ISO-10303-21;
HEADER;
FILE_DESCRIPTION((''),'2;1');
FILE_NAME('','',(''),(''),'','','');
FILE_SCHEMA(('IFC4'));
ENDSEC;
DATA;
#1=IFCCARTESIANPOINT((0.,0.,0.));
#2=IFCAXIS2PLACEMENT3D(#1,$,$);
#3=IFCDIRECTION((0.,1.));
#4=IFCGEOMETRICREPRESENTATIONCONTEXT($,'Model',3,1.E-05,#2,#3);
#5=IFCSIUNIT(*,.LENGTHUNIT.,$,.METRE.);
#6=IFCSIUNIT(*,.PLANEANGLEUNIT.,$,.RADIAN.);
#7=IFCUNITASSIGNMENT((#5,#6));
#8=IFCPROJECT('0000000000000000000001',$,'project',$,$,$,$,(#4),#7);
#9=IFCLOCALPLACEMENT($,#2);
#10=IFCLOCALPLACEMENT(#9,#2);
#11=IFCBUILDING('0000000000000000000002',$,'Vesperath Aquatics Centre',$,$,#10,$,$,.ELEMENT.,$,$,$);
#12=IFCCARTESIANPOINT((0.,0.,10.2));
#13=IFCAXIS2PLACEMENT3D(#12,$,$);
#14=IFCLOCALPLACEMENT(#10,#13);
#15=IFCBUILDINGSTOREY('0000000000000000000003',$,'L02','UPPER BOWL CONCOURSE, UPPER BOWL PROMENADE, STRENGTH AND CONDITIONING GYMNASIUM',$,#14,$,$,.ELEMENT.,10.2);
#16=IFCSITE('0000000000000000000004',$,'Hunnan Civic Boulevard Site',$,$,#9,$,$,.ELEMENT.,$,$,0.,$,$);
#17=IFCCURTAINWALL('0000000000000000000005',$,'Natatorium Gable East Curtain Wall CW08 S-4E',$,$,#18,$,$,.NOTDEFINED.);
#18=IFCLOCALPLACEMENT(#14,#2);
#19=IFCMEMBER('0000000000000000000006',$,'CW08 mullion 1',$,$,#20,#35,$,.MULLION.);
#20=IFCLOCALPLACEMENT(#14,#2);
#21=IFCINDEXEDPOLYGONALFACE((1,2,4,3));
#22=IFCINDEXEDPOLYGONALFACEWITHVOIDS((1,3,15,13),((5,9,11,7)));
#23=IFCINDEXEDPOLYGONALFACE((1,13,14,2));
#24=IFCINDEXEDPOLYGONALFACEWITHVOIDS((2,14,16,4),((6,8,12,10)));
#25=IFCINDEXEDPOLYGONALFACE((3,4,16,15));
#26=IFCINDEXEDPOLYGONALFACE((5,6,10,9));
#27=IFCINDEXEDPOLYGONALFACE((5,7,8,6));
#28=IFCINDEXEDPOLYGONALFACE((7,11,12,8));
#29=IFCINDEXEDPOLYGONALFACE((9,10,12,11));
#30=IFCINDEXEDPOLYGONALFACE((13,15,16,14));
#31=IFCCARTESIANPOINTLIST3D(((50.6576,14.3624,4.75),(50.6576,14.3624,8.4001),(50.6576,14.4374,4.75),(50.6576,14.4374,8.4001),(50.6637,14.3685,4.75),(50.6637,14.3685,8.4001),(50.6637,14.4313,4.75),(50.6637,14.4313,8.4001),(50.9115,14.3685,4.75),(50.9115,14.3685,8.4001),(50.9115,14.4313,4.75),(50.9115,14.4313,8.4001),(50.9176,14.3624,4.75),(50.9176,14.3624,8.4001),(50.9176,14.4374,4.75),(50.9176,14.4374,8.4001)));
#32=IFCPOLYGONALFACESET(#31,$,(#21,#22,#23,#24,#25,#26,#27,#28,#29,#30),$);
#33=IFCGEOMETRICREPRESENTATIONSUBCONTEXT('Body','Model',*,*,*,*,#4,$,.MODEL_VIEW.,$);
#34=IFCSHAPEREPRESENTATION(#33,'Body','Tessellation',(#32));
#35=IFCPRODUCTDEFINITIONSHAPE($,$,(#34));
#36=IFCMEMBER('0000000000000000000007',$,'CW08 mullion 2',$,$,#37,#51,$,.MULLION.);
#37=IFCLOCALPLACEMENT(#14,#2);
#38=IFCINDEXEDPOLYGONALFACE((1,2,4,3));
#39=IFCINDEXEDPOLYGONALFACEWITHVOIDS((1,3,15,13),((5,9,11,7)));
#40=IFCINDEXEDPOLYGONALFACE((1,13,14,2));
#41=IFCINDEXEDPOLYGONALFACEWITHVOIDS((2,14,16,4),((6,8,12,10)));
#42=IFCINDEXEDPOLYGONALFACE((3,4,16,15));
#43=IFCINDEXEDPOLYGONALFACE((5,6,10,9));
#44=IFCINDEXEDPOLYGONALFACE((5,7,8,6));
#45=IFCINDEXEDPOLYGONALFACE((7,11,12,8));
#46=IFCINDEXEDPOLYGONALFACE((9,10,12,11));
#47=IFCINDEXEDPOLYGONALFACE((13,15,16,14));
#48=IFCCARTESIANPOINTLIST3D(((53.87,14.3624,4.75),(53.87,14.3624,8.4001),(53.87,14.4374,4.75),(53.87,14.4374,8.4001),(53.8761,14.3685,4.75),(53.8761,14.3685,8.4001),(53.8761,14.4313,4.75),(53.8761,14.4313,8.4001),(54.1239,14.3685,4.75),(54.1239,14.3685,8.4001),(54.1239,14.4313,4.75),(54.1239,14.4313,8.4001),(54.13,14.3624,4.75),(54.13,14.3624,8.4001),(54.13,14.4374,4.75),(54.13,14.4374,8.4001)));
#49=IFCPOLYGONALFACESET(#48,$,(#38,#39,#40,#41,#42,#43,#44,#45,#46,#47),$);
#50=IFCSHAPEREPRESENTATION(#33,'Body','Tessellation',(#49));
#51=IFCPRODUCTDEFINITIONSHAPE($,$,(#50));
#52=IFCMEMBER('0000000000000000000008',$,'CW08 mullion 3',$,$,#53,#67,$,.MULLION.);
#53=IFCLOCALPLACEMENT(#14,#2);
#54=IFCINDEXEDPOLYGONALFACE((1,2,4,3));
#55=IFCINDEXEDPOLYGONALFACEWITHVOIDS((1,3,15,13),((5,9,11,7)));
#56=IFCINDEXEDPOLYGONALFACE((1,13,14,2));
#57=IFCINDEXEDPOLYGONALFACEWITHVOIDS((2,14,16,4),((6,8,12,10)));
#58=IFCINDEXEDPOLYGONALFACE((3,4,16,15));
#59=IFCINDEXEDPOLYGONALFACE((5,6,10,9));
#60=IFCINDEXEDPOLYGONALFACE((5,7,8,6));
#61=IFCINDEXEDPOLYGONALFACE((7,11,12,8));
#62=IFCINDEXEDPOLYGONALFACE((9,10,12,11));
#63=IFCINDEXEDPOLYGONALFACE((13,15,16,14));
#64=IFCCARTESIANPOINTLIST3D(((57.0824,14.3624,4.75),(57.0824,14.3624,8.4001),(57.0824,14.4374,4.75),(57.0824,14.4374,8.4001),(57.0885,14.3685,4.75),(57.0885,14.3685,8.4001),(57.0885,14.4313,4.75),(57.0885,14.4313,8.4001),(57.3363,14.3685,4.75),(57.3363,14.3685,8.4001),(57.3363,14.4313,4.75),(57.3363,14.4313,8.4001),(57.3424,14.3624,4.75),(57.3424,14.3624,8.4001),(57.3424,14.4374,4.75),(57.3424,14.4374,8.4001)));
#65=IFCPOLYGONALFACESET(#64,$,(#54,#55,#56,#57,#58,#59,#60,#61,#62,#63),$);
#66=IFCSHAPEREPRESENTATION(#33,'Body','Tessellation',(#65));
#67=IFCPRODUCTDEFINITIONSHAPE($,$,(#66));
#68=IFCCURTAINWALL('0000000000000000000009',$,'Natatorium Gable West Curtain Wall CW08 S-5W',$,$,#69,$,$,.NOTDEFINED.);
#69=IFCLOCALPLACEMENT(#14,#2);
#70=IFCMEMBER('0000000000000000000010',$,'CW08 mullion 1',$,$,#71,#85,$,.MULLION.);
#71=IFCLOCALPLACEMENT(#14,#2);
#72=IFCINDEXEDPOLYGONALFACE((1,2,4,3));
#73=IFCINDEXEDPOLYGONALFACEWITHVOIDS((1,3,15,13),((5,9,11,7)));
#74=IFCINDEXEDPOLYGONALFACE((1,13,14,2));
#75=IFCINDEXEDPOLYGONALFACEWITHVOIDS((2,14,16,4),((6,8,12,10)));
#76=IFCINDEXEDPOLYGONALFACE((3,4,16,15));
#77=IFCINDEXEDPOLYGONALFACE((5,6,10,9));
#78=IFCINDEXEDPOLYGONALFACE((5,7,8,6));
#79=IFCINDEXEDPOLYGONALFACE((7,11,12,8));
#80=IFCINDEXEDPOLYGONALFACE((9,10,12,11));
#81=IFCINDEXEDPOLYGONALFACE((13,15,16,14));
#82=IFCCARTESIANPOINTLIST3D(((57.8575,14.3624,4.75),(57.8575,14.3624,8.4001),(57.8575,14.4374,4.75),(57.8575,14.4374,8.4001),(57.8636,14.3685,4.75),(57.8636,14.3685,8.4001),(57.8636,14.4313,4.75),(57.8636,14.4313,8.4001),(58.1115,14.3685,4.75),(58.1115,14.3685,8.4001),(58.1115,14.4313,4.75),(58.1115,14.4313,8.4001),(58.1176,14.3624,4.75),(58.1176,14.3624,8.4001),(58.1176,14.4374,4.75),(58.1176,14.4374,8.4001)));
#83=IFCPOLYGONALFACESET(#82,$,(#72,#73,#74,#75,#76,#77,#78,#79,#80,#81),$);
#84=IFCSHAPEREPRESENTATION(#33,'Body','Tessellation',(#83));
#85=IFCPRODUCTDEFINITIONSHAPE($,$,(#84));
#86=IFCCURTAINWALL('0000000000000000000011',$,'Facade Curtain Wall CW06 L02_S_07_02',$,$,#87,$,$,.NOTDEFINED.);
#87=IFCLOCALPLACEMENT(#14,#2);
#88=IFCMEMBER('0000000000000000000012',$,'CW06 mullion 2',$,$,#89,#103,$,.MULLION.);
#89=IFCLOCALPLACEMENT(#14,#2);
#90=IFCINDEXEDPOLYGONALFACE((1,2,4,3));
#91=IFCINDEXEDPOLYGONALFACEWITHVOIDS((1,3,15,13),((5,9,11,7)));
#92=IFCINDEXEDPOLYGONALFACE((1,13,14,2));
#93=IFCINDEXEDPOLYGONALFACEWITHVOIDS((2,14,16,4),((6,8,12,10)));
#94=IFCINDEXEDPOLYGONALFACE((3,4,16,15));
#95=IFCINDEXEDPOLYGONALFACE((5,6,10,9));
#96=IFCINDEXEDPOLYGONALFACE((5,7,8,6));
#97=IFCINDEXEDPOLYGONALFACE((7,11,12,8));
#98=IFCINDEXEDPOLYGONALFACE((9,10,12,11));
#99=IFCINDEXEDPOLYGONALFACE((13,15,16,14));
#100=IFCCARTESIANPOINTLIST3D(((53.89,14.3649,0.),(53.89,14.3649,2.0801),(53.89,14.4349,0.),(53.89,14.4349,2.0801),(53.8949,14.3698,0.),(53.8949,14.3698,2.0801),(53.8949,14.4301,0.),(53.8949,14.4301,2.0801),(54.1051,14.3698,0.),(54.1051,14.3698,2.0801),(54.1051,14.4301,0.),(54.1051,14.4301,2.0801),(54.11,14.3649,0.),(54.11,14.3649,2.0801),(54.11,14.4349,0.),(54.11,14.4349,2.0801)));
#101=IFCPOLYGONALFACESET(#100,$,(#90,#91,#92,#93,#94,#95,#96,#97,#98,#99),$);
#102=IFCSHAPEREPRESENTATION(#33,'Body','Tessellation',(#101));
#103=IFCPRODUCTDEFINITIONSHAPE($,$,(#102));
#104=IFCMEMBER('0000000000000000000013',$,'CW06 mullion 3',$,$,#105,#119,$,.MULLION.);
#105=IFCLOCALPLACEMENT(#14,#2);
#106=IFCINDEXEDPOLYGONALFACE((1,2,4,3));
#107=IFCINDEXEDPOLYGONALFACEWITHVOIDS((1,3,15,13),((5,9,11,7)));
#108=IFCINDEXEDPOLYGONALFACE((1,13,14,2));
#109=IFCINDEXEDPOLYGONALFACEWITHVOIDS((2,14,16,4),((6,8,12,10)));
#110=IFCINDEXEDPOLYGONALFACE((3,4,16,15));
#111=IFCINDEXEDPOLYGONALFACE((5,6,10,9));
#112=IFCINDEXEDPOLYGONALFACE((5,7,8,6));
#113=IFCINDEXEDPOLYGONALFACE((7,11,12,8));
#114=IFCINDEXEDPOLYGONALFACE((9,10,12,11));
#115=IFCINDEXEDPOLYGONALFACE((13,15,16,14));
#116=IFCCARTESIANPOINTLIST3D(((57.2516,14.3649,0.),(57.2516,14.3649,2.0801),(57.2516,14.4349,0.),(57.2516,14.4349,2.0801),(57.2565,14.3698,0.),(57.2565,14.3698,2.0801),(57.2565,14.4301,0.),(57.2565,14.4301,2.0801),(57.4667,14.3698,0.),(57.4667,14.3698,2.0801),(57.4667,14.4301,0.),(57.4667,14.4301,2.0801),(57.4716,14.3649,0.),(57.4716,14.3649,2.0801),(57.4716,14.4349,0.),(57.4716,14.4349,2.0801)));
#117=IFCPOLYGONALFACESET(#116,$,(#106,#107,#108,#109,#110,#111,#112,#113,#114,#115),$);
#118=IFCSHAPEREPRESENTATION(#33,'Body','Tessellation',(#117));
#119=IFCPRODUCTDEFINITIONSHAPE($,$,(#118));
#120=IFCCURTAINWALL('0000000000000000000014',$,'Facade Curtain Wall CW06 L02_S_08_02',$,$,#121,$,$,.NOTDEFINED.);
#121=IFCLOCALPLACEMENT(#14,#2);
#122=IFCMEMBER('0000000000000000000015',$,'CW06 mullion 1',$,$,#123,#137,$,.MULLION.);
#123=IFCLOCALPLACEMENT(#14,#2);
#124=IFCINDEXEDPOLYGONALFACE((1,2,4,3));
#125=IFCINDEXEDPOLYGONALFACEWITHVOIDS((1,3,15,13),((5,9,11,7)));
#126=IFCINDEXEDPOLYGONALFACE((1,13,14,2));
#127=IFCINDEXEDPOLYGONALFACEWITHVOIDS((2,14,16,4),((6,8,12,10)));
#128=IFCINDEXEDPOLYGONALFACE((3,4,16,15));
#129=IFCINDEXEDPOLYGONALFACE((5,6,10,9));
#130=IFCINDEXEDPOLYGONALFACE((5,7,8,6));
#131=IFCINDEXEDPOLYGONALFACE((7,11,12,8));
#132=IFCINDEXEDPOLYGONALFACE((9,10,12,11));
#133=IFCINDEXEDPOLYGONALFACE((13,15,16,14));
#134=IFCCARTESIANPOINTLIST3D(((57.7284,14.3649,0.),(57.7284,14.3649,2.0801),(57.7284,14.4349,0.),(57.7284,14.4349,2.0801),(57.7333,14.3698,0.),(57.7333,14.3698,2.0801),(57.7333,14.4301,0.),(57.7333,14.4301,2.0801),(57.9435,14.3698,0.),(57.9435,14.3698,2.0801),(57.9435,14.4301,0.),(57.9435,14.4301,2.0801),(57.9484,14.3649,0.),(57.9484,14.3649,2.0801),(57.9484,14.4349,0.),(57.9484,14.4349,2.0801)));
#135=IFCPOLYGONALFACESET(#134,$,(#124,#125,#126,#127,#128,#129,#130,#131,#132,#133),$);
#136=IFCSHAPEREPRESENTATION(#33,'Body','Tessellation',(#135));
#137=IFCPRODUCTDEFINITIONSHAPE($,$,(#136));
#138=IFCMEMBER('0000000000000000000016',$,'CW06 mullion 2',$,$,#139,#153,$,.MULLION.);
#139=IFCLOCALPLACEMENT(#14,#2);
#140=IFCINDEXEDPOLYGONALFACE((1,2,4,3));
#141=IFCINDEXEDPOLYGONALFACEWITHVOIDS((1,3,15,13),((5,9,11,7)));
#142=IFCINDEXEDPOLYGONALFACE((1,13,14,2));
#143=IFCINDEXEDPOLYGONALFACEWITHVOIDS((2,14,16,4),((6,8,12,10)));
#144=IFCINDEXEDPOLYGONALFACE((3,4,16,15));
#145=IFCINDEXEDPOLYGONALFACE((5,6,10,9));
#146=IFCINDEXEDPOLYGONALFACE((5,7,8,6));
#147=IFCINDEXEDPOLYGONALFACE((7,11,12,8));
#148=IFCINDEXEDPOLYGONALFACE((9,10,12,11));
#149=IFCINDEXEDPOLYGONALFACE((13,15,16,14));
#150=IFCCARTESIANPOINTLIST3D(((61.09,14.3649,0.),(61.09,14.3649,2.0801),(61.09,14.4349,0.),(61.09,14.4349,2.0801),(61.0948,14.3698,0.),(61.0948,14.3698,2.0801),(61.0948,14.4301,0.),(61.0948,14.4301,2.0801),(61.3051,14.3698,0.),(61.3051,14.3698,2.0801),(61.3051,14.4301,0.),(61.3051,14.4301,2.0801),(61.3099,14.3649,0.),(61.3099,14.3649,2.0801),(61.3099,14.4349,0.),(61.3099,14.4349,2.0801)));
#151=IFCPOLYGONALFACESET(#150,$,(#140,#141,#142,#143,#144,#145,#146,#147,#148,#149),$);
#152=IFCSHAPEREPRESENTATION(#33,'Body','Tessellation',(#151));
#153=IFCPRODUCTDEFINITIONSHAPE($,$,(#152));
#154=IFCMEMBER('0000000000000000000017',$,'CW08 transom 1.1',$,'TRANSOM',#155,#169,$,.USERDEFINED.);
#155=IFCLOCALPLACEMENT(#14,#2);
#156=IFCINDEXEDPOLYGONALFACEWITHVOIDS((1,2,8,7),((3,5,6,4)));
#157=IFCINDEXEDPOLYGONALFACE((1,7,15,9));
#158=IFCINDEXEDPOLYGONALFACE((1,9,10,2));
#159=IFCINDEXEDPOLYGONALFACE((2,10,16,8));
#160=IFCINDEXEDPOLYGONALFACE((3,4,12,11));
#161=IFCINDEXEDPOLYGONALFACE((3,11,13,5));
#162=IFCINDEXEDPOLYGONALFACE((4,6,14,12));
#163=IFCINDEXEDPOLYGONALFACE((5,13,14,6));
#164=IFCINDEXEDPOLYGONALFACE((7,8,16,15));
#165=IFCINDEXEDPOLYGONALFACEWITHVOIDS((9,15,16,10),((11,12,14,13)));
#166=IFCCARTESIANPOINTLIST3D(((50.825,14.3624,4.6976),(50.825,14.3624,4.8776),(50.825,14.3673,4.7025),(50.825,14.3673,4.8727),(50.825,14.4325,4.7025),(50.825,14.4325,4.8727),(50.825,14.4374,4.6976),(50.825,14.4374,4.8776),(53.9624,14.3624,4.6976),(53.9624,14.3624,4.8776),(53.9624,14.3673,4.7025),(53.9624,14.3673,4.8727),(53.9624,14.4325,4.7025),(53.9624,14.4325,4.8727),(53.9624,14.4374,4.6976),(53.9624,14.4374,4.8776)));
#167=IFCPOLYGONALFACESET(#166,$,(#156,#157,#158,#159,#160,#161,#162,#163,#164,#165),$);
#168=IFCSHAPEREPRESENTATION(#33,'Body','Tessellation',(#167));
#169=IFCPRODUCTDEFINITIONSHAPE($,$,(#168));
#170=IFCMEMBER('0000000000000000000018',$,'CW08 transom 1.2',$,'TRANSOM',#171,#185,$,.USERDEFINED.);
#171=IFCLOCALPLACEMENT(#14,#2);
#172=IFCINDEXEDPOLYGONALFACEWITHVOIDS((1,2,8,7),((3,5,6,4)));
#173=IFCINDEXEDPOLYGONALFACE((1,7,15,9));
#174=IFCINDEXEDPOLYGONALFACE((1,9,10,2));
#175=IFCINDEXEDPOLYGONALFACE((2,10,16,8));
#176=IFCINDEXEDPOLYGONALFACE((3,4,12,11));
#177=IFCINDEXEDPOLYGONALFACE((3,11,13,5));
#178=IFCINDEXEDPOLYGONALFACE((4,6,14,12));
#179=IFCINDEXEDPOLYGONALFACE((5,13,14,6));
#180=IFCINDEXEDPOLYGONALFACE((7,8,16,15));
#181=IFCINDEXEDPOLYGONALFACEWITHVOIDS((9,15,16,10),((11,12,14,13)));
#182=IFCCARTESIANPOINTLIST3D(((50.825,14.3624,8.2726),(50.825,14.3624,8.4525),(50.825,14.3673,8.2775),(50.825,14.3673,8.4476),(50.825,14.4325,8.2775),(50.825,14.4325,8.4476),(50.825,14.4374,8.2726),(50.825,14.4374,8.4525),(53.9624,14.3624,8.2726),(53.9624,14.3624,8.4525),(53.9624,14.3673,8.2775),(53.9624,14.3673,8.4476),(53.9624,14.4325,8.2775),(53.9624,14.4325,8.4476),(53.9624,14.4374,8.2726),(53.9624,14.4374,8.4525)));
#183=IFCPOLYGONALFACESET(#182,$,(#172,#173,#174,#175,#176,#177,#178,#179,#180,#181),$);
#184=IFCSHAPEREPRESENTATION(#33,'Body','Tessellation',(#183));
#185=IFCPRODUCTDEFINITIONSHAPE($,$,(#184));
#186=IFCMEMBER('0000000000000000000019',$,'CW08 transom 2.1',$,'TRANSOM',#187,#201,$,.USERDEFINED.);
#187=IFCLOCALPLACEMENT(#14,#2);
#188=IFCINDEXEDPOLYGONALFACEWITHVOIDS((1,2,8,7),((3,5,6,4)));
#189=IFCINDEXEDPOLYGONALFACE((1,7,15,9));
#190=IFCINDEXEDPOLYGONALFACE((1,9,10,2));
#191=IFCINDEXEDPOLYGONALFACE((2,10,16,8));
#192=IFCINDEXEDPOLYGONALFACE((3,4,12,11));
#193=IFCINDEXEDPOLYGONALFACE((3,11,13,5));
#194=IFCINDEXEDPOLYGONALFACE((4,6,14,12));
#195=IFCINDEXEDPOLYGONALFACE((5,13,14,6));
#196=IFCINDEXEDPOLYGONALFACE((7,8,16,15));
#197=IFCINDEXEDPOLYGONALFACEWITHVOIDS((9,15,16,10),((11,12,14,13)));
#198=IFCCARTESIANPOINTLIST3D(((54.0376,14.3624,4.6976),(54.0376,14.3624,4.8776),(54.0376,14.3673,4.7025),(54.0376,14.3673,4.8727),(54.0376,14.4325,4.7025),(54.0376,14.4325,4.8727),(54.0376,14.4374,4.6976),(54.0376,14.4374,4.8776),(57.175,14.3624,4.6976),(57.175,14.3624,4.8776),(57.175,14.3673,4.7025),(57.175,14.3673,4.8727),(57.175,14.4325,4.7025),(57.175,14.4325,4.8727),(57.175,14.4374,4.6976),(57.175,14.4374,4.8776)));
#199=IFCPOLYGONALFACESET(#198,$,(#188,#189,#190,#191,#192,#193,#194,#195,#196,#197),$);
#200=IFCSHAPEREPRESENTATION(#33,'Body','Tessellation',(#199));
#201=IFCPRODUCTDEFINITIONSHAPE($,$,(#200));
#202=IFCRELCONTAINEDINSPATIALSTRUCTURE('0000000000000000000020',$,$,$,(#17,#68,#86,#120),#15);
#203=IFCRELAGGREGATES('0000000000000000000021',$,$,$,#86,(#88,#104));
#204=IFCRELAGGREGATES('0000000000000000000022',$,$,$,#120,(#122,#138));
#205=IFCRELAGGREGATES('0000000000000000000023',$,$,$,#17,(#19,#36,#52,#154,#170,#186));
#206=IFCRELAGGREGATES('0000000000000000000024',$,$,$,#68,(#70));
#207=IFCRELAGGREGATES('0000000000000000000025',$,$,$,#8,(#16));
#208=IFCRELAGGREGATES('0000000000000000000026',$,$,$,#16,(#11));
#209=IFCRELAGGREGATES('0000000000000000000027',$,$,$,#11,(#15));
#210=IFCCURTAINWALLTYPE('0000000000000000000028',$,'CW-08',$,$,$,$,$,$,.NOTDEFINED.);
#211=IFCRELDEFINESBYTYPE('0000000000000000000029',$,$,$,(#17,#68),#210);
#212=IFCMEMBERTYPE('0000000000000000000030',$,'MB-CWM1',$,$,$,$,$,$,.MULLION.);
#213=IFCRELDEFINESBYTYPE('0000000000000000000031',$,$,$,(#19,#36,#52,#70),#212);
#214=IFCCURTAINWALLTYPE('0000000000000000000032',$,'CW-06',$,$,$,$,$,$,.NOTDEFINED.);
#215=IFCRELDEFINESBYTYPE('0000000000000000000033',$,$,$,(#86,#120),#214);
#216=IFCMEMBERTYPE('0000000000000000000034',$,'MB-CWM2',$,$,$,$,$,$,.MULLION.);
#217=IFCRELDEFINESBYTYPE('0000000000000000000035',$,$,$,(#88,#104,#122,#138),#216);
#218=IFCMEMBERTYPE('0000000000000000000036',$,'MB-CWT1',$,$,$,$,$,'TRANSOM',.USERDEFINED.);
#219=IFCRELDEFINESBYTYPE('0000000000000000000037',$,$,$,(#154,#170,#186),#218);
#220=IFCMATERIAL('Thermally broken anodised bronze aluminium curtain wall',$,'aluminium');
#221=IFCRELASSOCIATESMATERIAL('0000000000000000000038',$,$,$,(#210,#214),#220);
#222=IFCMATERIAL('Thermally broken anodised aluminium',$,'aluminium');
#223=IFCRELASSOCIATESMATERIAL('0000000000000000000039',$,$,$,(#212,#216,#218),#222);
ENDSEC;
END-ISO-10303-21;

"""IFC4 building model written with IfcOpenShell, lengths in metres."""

from ifc_helpers import new_model, si_unit, direction, frame, origin, origin_2d, place, context, subcontext, project, spatial, hollow_rectangle, extrude, material, material_profile, profile_set, type_object, element, aggregate, save


model = new_model("IFC4")

# Units and contexts
model_context = context("Model", 3, precision=1e-05, world=origin(), true_north=direction((0.0, 1.0)))
body_context = subcontext(model_context, "Body", "Model", "MODEL_VIEW")
ifc_project = project(units=[si_unit("LENGTHUNIT", "METRE"), si_unit("PLANEANGLEUNIT", "RADIAN")], contexts=[model_context])

# Site, building, storey
site_placement = place(None, origin())
site = spatial("IfcSite", under=ifc_project, at=site_placement, Name="Hunnan Civic Boulevard Site", CompositionType="ELEMENT", RefElevation=0.0)
building_placement = place(site_placement, origin())
building = spatial("IfcBuilding", under=site, at=building_placement, Name="Vesperath Aquatics Centre", CompositionType="ELEMENT")
storey_placement = place(building_placement, frame((0.0, 0.0, 10.2)))
storey = spatial("IfcBuildingStorey", under=building, at=storey_placement, Name="L02", Description="UPPER BOWL CONCOURSE, UPPER BOWL PROMENADE, STRENGTH AND CONDITIONING GYMNASIUM", CompositionType="ELEMENT", Elevation=10.2)

# Curtain wall, members
ifc_material_1 = material(Name="Thermally broken anodised bronze aluminium curtain wall", Category="aluminium")
curtain_wall_type_1 = type_object("IfcCurtainWallType", Name="CW-08", PredefinedType="NOTDEFINED", material=ifc_material_1)
curtain_wall_1_placement = place(storey_placement, origin())
curtain_wall_1 = element("IfcCurtainWall", 1, at=curtain_wall_1_placement, inside=storey, type_object=curtain_wall_type_1, Name="Natatorium Gable East Curtain Wall CW08 S-4E", PredefinedType="NOTDEFINED")
ifc_material_2 = material(Name="Thermally broken anodised aluminium", Category="aluminium")
ifc_material_profile_1 = material_profile(ifc_material_2, hollow_rectangle(XDim=0.075, YDim=0.26, WallThickness=0.0061, at=origin_2d()), Name="CWM 75x260x6")
ifc_profile_set_1 = profile_set([ifc_material_profile_1], Name="Thermally broken anodised aluminium")
member_type_1 = type_object("IfcMemberType", Name="MB-CWM1", PredefinedType="MULLION", material=ifc_profile_set_1)
member_1_placement = place(storey_placement, frame((50.7876, 14.3999, 4.75), z_axis=(0.0, 0.0, 1.0), x_axis=(0.0, 1.0, 0.0)))
member_1 = element("IfcMember", 2, at=member_1_placement, type_object=member_type_1, Name="CW08 mullion 1", PredefinedType="MULLION", context=body_context, shape_type="SweptSolid", body=[
    extrude(hollow_rectangle(XDim=0.075, YDim=0.26, WallThickness=0.0061, at=origin_2d()), origin(), (0.0, 0.0, 1.0), 3.6501),
])
member_2_placement = place(storey_placement, frame((54.0, 14.3999, 4.75), z_axis=(0.0, 0.0, 1.0), x_axis=(0.0, 1.0, 0.0)))
member_2 = element("IfcMember", 3, at=member_2_placement, type_object=member_type_1, Name="CW08 mullion 2", PredefinedType="MULLION", context=body_context, shape_type="SweptSolid", body=[
    extrude(hollow_rectangle(XDim=0.075, YDim=0.26, WallThickness=0.0061, at=origin_2d()), origin(), (0.0, 0.0, 1.0), 3.6501),
])
member_3_placement = place(storey_placement, frame((57.2124, 14.3999, 4.75), z_axis=(0.0, 0.0, 1.0), x_axis=(0.0, 1.0, 0.0)))
member_3 = element("IfcMember", 4, at=member_3_placement, type_object=member_type_1, Name="CW08 mullion 3", PredefinedType="MULLION", context=body_context, shape_type="SweptSolid", body=[
    extrude(hollow_rectangle(XDim=0.075, YDim=0.26, WallThickness=0.0061, at=origin_2d()), origin(), (0.0, 0.0, 1.0), 3.6501),
])

# Curtain wall, member
curtain_wall_2_placement = place(storey_placement, origin())
curtain_wall_2 = element("IfcCurtainWall", 5, at=curtain_wall_2_placement, inside=storey, type_object=curtain_wall_type_1, Name="Natatorium Gable West Curtain Wall CW08 S-5W", PredefinedType="NOTDEFINED")
member_4_placement = place(storey_placement, frame((57.9875, 14.3999, 4.75), z_axis=(0.0, 0.0, 1.0), x_axis=(0.0, 1.0, 0.0)))
member_4 = element("IfcMember", 6, at=member_4_placement, type_object=member_type_1, Name="CW08 mullion 1", PredefinedType="MULLION", context=body_context, shape_type="SweptSolid", body=[
    extrude(hollow_rectangle(XDim=0.075, YDim=0.26, WallThickness=0.0061, at=origin_2d()), origin(), (0.0, 0.0, 1.0), 3.6501),
])

# Curtain walls, members
curtain_wall_type_2 = type_object("IfcCurtainWallType", Name="CW-06", PredefinedType="NOTDEFINED", material=ifc_material_1)
curtain_wall_3_placement = place(storey_placement, origin())
curtain_wall_3 = element("IfcCurtainWall", 7, at=curtain_wall_3_placement, inside=storey, type_object=curtain_wall_type_2, Name="Facade Curtain Wall CW06 L02_S_07_02", PredefinedType="NOTDEFINED")
ifc_material_profile_2 = material_profile(ifc_material_2, hollow_rectangle(XDim=0.0701, YDim=0.22, WallThickness=0.0049, at=origin_2d()), Name="CWM 70x220x5")
ifc_profile_set_2 = profile_set([ifc_material_profile_2], Name="Thermally broken anodised aluminium")
member_type_2 = type_object("IfcMemberType", Name="MB-CWM2", PredefinedType="MULLION", material=ifc_profile_set_2)
member_5_placement = place(storey_placement, frame((54.0, 14.3999, 0.0), z_axis=(0.0, 0.0, 1.0), x_axis=(0.0, 1.0, 0.0)))
member_5 = element("IfcMember", 8, at=member_5_placement, type_object=member_type_2, Name="CW06 mullion 2", PredefinedType="MULLION", context=body_context, shape_type="SweptSolid", body=[
    extrude(hollow_rectangle(XDim=0.0701, YDim=0.22, WallThickness=0.0049, at=origin_2d()), origin(), (0.0, 0.0, 1.0), 2.0801),
])
member_6_placement = place(storey_placement, frame((57.3616, 14.3999, 0.0), z_axis=(0.0, 0.0, 1.0), x_axis=(0.0, 1.0, 0.0)))
member_6 = element("IfcMember", 9, at=member_6_placement, type_object=member_type_2, Name="CW06 mullion 3", PredefinedType="MULLION", context=body_context, shape_type="SweptSolid", body=[
    extrude(hollow_rectangle(XDim=0.0701, YDim=0.22, WallThickness=0.0049, at=origin_2d()), origin(), (0.0, 0.0, 1.0), 2.0801),
])
curtain_wall_4_placement = place(storey_placement, origin())
curtain_wall_4 = element("IfcCurtainWall", 10, at=curtain_wall_4_placement, inside=storey, type_object=curtain_wall_type_2, Name="Facade Curtain Wall CW06 L02_S_08_02", PredefinedType="NOTDEFINED")
member_7_placement = place(storey_placement, frame((57.8384, 14.3999, 0.0), z_axis=(0.0, 0.0, 1.0), x_axis=(0.0, 1.0, 0.0)))
member_7 = element("IfcMember", 11, at=member_7_placement, type_object=member_type_2, Name="CW06 mullion 1", PredefinedType="MULLION", context=body_context, shape_type="SweptSolid", body=[
    extrude(hollow_rectangle(XDim=0.0701, YDim=0.22, WallThickness=0.0049, at=origin_2d()), origin(), (0.0, 0.0, 1.0), 2.0801),
])
member_8_placement = place(storey_placement, frame((61.2, 14.3999, 0.0), z_axis=(0.0, 0.0, 1.0), x_axis=(0.0, 1.0, 0.0)))
member_8 = element("IfcMember", 12, at=member_8_placement, type_object=member_type_2, Name="CW06 mullion 2", PredefinedType="MULLION", context=body_context, shape_type="SweptSolid", body=[
    extrude(hollow_rectangle(XDim=0.0701, YDim=0.22, WallThickness=0.0049, at=origin_2d()), origin(), (0.0, 0.0, 1.0), 2.0801),
])

# Members
ifc_material_profile_3 = material_profile(ifc_material_2, hollow_rectangle(XDim=0.075, YDim=0.1799, WallThickness=0.0049, at=origin_2d()), Name="CWT 75x180x5")
ifc_profile_set_3 = profile_set([ifc_material_profile_3], Name="Thermally broken anodised aluminium")
member_type_3 = type_object("IfcMemberType", Name="MB-CWT1", ElementType="TRANSOM", PredefinedType="USERDEFINED", material=ifc_profile_set_3)
member_9_placement = place(storey_placement, frame((50.825, 14.3999, 4.7876), z_axis=(1.0, 0.0, 0.0), x_axis=(0.0, 1.0, 0.0)))
member_9 = element("IfcMember", 13, at=member_9_placement, type_object=member_type_3, Name="CW08 transom 1.1", ObjectType="TRANSOM", PredefinedType="USERDEFINED", context=body_context, shape_type="SweptSolid", body=[
    extrude(hollow_rectangle(XDim=0.075, YDim=0.1799, WallThickness=0.0049, at=origin_2d()), origin(), (0.0, 0.0, 1.0), 3.1375),
])
member_10_placement = place(storey_placement, frame((50.825, 14.3999, 8.3625), z_axis=(1.0, 0.0, 0.0), x_axis=(0.0, 1.0, 0.0)))
member_10 = element("IfcMember", 14, at=member_10_placement, type_object=member_type_3, Name="CW08 transom 1.2", ObjectType="TRANSOM", PredefinedType="USERDEFINED", context=body_context, shape_type="SweptSolid", body=[
    extrude(hollow_rectangle(XDim=0.075, YDim=0.1799, WallThickness=0.0049, at=origin_2d()), origin(), (0.0, 0.0, 1.0), 3.1375),
])
member_11_placement = place(storey_placement, frame((54.0376, 14.3999, 4.7876), z_axis=(1.0, 0.0, 0.0), x_axis=(0.0, 1.0, 0.0)))
member_11 = element("IfcMember", 15, at=member_11_placement, type_object=member_type_3, Name="CW08 transom 2.1", ObjectType="TRANSOM", PredefinedType="USERDEFINED", context=body_context, shape_type="SweptSolid", body=[
    extrude(hollow_rectangle(XDim=0.075, YDim=0.1799, WallThickness=0.0049, at=origin_2d()), origin(), (0.0, 0.0, 1.0), 3.1375),
])

aggregate(curtain_wall_3, [member_5, member_6])
aggregate(curtain_wall_4, [member_7, member_8])
aggregate(curtain_wall_1, [member_1, member_2, member_3, member_9, member_10, member_11])
aggregate(curtain_wall_2, [member_4])

save(model, "model.ifc")
